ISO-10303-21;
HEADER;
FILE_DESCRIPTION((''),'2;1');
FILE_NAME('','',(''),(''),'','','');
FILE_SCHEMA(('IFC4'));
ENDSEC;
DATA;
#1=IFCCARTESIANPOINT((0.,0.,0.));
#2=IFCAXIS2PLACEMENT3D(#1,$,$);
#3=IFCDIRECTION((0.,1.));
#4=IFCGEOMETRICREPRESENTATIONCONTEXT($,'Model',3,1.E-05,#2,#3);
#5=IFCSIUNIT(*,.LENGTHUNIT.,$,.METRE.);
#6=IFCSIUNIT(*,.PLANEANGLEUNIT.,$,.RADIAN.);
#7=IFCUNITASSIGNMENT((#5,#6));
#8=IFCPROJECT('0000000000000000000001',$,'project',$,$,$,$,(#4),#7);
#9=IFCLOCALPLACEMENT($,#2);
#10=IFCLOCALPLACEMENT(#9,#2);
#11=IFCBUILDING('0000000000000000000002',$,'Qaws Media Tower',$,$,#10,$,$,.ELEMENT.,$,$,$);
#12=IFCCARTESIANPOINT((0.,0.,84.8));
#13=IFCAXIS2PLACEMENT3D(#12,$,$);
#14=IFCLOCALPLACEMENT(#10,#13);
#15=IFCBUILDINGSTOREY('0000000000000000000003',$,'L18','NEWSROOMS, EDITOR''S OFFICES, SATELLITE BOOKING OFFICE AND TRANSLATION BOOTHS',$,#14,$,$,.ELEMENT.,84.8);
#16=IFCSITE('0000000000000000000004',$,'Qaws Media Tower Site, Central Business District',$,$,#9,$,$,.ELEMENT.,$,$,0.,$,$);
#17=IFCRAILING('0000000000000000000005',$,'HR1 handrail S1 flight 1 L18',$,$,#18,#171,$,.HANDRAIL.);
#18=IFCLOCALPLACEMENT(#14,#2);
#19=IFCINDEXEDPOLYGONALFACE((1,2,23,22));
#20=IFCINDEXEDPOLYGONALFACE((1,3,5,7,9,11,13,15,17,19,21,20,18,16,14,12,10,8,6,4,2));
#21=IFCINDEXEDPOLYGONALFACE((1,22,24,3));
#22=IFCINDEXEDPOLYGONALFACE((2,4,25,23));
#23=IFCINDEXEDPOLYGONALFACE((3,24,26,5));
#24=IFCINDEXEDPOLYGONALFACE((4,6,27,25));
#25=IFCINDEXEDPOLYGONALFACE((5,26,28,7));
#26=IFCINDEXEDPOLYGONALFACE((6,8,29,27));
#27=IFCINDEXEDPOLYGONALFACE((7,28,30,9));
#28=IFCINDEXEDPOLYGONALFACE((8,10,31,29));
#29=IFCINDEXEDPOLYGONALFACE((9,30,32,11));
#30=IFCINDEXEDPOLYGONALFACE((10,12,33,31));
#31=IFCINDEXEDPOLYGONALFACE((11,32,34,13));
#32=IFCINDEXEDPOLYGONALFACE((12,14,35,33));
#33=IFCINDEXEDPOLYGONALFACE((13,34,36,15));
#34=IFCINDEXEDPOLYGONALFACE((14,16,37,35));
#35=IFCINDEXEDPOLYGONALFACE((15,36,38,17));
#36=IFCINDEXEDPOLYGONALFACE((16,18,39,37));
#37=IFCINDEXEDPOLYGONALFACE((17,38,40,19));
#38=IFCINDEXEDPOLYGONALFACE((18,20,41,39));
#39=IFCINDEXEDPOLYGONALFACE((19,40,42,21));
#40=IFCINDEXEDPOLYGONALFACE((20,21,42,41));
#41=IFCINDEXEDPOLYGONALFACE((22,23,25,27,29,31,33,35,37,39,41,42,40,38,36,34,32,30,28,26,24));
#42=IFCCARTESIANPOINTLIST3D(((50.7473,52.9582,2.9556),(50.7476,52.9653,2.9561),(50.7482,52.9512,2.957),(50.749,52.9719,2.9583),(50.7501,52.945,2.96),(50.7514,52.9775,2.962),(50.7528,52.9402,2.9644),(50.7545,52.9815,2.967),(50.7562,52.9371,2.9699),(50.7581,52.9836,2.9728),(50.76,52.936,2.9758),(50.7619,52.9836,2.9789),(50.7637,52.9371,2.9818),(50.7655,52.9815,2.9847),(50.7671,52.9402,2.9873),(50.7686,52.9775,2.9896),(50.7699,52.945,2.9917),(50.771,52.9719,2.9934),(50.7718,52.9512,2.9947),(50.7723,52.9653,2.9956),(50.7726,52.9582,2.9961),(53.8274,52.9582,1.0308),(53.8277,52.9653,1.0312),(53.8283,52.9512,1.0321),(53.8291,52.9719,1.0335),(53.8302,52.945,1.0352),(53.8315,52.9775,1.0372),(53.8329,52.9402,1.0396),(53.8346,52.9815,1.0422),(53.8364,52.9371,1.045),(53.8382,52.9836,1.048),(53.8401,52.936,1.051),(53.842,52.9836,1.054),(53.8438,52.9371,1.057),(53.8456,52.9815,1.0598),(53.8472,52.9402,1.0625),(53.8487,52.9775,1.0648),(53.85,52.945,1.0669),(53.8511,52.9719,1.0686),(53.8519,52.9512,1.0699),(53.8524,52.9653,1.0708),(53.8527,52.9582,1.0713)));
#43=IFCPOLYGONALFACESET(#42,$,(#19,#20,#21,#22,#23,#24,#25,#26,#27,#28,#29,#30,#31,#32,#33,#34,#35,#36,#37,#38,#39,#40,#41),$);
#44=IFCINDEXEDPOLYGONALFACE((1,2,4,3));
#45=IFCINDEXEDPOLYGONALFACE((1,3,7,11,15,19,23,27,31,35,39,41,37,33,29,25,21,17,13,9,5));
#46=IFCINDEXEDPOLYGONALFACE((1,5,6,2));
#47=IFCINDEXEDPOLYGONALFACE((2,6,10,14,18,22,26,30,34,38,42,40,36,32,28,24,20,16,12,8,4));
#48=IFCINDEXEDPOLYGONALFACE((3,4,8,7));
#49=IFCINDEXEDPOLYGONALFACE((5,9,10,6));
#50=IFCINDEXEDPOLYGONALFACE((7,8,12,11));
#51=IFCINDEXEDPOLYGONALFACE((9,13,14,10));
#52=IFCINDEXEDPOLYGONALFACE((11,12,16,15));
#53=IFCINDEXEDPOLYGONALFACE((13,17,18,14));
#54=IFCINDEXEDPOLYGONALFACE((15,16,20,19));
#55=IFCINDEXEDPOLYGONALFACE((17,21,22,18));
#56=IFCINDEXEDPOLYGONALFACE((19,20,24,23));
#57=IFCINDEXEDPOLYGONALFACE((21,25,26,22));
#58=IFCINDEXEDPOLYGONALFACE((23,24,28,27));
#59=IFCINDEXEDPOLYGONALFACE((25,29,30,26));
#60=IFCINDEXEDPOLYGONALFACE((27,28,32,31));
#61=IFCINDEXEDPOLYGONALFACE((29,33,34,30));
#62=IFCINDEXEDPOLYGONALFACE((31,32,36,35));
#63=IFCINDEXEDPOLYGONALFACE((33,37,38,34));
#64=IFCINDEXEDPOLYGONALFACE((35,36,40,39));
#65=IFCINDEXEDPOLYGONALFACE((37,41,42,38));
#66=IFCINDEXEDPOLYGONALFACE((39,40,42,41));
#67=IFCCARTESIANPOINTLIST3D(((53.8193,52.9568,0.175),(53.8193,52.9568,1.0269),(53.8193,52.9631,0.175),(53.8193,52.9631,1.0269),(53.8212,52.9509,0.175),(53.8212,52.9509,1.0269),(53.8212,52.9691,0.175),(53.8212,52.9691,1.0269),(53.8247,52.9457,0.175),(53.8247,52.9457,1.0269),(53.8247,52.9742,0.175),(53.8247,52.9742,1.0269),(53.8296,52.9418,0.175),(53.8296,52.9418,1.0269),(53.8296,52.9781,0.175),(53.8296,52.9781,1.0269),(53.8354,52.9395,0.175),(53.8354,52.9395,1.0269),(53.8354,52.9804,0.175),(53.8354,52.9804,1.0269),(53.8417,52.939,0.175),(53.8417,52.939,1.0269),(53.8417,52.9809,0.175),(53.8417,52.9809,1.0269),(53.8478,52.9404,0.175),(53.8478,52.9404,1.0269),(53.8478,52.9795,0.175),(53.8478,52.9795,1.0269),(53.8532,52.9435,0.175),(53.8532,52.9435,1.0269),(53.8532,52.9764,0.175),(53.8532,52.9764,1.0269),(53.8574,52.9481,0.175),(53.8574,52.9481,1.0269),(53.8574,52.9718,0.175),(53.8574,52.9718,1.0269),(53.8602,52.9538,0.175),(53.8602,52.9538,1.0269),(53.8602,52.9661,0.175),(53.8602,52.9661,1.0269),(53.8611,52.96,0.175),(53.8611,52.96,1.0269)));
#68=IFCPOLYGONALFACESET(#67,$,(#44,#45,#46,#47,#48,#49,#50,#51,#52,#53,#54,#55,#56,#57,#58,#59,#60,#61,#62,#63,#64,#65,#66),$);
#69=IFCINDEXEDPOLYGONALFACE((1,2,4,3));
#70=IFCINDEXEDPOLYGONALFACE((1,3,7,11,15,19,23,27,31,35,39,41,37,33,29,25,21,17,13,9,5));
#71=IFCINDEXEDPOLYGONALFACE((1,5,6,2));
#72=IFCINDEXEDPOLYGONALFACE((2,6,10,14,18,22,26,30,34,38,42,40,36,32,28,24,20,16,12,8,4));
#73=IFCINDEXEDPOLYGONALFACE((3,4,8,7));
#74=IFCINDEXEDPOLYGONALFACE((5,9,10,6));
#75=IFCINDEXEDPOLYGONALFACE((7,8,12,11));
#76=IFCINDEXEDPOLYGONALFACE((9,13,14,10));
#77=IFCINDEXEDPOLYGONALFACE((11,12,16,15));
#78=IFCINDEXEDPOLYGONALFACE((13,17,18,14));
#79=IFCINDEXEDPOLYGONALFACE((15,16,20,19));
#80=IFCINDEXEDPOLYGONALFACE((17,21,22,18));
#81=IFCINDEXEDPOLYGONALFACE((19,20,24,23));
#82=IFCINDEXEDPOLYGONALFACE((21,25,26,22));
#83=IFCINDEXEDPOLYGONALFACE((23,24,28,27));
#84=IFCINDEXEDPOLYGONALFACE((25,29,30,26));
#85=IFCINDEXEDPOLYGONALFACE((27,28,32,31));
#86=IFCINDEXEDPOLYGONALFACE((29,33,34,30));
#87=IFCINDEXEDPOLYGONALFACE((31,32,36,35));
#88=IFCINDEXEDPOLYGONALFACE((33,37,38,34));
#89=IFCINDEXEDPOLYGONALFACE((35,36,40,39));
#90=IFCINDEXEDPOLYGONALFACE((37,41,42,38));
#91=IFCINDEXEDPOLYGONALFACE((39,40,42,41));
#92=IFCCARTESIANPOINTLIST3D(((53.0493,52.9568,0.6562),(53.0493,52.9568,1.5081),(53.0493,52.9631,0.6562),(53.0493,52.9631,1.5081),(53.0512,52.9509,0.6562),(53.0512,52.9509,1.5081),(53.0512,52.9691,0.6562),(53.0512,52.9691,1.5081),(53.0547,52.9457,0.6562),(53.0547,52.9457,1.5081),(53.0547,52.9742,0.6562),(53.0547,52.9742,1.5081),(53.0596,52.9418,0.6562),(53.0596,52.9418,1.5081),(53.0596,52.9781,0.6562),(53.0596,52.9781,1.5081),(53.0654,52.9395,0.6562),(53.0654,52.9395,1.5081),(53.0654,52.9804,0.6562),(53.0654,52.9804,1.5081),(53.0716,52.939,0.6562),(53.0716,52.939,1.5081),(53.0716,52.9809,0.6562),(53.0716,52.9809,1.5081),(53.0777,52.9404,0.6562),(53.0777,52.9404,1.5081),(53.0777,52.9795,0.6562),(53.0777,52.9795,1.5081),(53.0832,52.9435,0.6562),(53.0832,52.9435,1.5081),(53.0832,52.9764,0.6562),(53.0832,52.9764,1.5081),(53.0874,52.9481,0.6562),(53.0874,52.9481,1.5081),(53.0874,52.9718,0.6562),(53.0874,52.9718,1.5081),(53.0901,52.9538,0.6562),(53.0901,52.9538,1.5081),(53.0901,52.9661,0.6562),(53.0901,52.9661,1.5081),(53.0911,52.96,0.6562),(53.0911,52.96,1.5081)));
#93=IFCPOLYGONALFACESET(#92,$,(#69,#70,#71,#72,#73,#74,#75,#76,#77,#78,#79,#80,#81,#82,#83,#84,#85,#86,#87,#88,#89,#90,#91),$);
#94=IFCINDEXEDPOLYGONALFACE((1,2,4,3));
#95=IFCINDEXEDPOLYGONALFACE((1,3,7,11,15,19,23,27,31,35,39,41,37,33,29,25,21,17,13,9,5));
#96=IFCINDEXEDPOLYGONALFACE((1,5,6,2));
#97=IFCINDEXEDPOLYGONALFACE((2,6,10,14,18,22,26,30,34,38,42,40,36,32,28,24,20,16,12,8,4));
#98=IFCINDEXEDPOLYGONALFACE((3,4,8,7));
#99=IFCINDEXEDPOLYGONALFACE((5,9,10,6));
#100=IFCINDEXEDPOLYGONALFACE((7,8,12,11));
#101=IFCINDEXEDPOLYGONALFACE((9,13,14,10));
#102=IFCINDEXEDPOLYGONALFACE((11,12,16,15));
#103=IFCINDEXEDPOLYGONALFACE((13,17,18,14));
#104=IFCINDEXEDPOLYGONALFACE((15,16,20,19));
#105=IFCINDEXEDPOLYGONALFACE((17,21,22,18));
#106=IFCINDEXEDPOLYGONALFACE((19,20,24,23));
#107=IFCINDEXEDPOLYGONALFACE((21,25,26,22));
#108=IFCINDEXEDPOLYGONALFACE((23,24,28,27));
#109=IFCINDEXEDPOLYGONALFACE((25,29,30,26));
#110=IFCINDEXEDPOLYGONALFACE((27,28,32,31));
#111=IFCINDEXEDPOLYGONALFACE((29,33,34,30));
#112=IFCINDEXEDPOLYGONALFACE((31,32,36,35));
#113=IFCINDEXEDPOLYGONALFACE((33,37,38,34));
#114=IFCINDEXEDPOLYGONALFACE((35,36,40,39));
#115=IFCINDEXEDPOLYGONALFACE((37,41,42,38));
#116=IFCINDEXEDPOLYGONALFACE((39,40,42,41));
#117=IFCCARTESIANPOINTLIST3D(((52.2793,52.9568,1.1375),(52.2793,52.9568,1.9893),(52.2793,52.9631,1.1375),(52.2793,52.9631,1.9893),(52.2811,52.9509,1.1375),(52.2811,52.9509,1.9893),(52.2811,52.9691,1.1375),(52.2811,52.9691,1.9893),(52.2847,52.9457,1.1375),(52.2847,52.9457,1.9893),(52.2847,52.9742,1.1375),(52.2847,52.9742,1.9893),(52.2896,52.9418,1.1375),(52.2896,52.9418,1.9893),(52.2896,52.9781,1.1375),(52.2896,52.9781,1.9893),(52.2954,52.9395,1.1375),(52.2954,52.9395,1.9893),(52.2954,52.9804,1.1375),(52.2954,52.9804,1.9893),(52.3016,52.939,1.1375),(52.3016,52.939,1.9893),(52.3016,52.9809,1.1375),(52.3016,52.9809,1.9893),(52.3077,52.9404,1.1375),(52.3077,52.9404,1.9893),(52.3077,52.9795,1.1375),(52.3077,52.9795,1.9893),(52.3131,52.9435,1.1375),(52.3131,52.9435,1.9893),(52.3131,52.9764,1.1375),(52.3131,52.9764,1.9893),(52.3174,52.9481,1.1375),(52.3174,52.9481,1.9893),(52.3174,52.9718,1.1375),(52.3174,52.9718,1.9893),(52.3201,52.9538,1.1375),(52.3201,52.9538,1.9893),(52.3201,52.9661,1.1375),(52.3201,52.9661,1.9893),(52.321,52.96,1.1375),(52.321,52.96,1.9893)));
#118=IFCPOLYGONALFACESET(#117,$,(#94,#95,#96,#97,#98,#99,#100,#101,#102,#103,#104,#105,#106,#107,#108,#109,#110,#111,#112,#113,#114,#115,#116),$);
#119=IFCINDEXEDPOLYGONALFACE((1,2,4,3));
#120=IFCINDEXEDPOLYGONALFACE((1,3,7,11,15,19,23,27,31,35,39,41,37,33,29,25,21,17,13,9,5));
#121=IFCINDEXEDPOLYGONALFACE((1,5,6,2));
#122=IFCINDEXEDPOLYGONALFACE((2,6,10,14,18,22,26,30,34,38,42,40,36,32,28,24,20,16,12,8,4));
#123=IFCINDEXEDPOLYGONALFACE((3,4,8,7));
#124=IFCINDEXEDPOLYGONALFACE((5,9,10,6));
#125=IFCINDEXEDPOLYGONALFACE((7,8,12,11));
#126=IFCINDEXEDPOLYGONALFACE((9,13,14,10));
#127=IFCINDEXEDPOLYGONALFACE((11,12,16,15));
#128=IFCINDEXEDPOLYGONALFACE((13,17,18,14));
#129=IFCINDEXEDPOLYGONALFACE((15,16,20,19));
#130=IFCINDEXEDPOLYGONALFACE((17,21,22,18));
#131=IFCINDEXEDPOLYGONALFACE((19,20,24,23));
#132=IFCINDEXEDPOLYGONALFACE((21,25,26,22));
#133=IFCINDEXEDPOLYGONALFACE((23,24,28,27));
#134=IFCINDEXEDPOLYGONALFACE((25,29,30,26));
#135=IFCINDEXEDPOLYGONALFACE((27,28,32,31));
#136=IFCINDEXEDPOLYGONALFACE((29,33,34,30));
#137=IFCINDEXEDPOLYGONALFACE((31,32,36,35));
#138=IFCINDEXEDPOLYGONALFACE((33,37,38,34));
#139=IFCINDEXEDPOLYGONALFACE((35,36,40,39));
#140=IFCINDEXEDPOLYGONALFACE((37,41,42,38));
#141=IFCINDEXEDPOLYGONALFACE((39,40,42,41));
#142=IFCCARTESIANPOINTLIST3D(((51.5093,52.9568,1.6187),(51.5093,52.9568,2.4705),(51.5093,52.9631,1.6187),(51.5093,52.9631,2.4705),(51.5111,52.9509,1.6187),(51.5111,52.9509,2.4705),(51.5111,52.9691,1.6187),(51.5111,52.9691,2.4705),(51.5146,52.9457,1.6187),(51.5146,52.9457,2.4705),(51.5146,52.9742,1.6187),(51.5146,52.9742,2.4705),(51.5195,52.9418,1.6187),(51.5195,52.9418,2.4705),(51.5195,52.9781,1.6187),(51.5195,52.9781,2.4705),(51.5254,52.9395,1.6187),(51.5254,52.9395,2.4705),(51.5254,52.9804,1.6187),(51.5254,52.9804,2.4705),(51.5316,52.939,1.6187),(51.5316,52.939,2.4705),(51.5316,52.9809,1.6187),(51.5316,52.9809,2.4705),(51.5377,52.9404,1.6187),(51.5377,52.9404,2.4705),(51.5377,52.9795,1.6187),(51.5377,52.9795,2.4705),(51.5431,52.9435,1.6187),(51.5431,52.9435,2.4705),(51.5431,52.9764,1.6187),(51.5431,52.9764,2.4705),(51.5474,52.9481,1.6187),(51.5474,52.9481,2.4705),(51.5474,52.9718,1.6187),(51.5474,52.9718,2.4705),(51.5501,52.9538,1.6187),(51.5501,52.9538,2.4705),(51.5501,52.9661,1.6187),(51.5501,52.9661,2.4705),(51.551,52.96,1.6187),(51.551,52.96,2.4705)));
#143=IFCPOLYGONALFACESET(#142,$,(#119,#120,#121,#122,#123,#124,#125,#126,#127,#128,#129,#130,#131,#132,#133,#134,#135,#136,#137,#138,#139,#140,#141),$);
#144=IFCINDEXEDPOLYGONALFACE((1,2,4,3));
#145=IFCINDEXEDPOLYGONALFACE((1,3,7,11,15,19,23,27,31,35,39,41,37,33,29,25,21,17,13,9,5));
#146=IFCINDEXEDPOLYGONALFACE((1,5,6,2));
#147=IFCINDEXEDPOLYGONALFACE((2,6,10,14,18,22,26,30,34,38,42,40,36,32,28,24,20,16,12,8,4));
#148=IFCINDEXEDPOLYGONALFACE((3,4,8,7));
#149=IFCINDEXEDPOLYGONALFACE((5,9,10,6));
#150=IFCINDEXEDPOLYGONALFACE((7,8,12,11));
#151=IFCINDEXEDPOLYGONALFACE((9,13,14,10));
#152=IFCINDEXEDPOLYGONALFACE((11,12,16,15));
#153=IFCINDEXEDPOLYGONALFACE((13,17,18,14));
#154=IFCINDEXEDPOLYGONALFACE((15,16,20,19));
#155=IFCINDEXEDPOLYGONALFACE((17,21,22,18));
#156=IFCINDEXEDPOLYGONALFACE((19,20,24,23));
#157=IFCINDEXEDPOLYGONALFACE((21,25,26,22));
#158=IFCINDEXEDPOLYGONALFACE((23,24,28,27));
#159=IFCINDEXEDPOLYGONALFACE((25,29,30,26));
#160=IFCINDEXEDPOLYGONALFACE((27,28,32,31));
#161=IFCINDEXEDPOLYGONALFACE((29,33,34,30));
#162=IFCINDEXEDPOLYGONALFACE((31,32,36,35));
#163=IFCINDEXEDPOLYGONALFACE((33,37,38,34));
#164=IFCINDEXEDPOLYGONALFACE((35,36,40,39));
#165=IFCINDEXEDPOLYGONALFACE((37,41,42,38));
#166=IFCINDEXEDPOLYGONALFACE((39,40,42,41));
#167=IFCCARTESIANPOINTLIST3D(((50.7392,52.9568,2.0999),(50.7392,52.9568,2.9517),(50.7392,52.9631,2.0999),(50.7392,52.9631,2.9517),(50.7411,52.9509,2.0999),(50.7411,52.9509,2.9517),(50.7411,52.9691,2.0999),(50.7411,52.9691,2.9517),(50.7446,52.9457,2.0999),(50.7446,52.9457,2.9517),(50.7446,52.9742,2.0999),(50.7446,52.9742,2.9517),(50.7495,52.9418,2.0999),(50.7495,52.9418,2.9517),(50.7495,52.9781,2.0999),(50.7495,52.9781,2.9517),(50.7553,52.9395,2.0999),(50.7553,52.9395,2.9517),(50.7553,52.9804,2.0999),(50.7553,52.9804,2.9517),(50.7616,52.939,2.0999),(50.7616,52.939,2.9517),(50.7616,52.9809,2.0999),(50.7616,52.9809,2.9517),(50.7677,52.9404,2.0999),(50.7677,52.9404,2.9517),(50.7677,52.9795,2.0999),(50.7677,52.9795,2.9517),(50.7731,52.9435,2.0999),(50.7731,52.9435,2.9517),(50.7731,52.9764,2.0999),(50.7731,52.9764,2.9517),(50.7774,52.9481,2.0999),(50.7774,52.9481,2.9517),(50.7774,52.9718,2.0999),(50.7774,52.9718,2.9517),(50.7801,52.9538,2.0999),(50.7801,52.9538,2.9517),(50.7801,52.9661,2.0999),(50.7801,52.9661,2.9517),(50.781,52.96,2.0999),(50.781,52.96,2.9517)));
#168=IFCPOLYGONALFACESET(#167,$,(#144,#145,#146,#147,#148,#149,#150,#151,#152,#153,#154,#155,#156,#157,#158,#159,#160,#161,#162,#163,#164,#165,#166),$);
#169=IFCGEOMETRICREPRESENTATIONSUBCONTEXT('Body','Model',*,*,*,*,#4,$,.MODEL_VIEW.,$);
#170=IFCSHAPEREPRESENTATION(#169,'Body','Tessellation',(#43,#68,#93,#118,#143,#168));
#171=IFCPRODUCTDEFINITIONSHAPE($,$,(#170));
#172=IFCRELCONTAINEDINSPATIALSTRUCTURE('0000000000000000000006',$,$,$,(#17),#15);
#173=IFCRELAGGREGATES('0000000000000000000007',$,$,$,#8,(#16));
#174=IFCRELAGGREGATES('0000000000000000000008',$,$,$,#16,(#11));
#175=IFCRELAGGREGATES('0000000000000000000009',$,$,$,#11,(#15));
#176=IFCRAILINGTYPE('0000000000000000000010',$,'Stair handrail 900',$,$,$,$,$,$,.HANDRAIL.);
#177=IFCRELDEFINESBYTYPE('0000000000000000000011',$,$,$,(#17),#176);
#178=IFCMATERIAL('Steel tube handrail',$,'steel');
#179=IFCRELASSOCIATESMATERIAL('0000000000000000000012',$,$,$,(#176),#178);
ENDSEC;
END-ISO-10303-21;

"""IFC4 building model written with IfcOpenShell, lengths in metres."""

from ifc_helpers import new_model, si_unit, direction, frame, origin, origin_2d, place, context, subcontext, project, spatial, circle, extrude, material, type_object, element, save


model = new_model("IFC4")

# Units and contexts
model_context = context("Model", 3, precision=1e-05, world=origin(), true_north=direction((0.0, 1.0)))
body_context = subcontext(model_context, "Body", "Model", "MODEL_VIEW")
ifc_project = project(units=[si_unit("LENGTHUNIT", "METRE"), si_unit("PLANEANGLEUNIT", "RADIAN")], contexts=[model_context])

# Site, building, storey
site_placement = place(None, origin())
site = spatial("IfcSite", under=ifc_project, at=site_placement, Name="Qaws Media Tower Site, Central Business District", CompositionType="ELEMENT", RefElevation=0.0)
building_placement = place(site_placement, origin())
building = spatial("IfcBuilding", under=site, at=building_placement, Name="Qaws Media Tower", CompositionType="ELEMENT")
storey_placement = place(building_placement, frame((0.0, 0.0, 84.8)))
storey = spatial("IfcBuildingStorey", under=building, at=storey_placement, Name="L18", Description="NEWSROOMS, EDITOR'S OFFICES, SATELLITE BOOKING OFFICE AND TRANSLATION BOOTHS", CompositionType="ELEMENT", Elevation=84.8)

# Railing
ifc_material_1 = material(Name="Steel tube handrail", Category="steel")
railing_type = type_object("IfcRailingType", Name="Stair handrail 900", PredefinedType="HANDRAIL", material=ifc_material_1)
for number, where, name in (
    (1, (53.8401, 52.96, 0.175), "HR1 handrail S1 flight 1 L18"),
):
    element("IfcRailing", number, at=place(storey_placement, frame(where)), inside=storey, type_object=railing_type, Name=name, PredefinedType="HANDRAIL", context=body_context, shape_type="SweptSolid", body=[
        extrude(circle(Radius=0.0239, at=origin_2d()), frame((0.0, 0.0, 0.876), z_axis=(-0.848029, 0.0, 0.529951), x_axis=(0.0, -1.0, 0.0)), (0.0, 0.0, 1.0), 3.6321),
        extrude(circle(Radius=0.021, at=origin_2d()), origin(), (0.0, 0.0, 1.0), 0.8518),
        extrude(circle(Radius=0.021, at=origin_2d()), frame((-0.77, 0.0, 0.4812)), (0.0, 0.0, 1.0), 0.8518),
        extrude(circle(Radius=0.021, at=origin_2d()), frame((-1.54, 0.0, 0.9624)), (0.0, 0.0, 1.0), 0.8518),
        extrude(circle(Radius=0.021, at=origin_2d()), frame((-2.3101, 0.0, 1.4436)), (0.0, 0.0, 1.0), 0.8518),
        extrude(circle(Radius=0.021, at=origin_2d()), frame((-3.0801, 0.0, 1.9248)), (0.0, 0.0, 1.0), 0.8518),
    ])

save(model, "model.ifc")
